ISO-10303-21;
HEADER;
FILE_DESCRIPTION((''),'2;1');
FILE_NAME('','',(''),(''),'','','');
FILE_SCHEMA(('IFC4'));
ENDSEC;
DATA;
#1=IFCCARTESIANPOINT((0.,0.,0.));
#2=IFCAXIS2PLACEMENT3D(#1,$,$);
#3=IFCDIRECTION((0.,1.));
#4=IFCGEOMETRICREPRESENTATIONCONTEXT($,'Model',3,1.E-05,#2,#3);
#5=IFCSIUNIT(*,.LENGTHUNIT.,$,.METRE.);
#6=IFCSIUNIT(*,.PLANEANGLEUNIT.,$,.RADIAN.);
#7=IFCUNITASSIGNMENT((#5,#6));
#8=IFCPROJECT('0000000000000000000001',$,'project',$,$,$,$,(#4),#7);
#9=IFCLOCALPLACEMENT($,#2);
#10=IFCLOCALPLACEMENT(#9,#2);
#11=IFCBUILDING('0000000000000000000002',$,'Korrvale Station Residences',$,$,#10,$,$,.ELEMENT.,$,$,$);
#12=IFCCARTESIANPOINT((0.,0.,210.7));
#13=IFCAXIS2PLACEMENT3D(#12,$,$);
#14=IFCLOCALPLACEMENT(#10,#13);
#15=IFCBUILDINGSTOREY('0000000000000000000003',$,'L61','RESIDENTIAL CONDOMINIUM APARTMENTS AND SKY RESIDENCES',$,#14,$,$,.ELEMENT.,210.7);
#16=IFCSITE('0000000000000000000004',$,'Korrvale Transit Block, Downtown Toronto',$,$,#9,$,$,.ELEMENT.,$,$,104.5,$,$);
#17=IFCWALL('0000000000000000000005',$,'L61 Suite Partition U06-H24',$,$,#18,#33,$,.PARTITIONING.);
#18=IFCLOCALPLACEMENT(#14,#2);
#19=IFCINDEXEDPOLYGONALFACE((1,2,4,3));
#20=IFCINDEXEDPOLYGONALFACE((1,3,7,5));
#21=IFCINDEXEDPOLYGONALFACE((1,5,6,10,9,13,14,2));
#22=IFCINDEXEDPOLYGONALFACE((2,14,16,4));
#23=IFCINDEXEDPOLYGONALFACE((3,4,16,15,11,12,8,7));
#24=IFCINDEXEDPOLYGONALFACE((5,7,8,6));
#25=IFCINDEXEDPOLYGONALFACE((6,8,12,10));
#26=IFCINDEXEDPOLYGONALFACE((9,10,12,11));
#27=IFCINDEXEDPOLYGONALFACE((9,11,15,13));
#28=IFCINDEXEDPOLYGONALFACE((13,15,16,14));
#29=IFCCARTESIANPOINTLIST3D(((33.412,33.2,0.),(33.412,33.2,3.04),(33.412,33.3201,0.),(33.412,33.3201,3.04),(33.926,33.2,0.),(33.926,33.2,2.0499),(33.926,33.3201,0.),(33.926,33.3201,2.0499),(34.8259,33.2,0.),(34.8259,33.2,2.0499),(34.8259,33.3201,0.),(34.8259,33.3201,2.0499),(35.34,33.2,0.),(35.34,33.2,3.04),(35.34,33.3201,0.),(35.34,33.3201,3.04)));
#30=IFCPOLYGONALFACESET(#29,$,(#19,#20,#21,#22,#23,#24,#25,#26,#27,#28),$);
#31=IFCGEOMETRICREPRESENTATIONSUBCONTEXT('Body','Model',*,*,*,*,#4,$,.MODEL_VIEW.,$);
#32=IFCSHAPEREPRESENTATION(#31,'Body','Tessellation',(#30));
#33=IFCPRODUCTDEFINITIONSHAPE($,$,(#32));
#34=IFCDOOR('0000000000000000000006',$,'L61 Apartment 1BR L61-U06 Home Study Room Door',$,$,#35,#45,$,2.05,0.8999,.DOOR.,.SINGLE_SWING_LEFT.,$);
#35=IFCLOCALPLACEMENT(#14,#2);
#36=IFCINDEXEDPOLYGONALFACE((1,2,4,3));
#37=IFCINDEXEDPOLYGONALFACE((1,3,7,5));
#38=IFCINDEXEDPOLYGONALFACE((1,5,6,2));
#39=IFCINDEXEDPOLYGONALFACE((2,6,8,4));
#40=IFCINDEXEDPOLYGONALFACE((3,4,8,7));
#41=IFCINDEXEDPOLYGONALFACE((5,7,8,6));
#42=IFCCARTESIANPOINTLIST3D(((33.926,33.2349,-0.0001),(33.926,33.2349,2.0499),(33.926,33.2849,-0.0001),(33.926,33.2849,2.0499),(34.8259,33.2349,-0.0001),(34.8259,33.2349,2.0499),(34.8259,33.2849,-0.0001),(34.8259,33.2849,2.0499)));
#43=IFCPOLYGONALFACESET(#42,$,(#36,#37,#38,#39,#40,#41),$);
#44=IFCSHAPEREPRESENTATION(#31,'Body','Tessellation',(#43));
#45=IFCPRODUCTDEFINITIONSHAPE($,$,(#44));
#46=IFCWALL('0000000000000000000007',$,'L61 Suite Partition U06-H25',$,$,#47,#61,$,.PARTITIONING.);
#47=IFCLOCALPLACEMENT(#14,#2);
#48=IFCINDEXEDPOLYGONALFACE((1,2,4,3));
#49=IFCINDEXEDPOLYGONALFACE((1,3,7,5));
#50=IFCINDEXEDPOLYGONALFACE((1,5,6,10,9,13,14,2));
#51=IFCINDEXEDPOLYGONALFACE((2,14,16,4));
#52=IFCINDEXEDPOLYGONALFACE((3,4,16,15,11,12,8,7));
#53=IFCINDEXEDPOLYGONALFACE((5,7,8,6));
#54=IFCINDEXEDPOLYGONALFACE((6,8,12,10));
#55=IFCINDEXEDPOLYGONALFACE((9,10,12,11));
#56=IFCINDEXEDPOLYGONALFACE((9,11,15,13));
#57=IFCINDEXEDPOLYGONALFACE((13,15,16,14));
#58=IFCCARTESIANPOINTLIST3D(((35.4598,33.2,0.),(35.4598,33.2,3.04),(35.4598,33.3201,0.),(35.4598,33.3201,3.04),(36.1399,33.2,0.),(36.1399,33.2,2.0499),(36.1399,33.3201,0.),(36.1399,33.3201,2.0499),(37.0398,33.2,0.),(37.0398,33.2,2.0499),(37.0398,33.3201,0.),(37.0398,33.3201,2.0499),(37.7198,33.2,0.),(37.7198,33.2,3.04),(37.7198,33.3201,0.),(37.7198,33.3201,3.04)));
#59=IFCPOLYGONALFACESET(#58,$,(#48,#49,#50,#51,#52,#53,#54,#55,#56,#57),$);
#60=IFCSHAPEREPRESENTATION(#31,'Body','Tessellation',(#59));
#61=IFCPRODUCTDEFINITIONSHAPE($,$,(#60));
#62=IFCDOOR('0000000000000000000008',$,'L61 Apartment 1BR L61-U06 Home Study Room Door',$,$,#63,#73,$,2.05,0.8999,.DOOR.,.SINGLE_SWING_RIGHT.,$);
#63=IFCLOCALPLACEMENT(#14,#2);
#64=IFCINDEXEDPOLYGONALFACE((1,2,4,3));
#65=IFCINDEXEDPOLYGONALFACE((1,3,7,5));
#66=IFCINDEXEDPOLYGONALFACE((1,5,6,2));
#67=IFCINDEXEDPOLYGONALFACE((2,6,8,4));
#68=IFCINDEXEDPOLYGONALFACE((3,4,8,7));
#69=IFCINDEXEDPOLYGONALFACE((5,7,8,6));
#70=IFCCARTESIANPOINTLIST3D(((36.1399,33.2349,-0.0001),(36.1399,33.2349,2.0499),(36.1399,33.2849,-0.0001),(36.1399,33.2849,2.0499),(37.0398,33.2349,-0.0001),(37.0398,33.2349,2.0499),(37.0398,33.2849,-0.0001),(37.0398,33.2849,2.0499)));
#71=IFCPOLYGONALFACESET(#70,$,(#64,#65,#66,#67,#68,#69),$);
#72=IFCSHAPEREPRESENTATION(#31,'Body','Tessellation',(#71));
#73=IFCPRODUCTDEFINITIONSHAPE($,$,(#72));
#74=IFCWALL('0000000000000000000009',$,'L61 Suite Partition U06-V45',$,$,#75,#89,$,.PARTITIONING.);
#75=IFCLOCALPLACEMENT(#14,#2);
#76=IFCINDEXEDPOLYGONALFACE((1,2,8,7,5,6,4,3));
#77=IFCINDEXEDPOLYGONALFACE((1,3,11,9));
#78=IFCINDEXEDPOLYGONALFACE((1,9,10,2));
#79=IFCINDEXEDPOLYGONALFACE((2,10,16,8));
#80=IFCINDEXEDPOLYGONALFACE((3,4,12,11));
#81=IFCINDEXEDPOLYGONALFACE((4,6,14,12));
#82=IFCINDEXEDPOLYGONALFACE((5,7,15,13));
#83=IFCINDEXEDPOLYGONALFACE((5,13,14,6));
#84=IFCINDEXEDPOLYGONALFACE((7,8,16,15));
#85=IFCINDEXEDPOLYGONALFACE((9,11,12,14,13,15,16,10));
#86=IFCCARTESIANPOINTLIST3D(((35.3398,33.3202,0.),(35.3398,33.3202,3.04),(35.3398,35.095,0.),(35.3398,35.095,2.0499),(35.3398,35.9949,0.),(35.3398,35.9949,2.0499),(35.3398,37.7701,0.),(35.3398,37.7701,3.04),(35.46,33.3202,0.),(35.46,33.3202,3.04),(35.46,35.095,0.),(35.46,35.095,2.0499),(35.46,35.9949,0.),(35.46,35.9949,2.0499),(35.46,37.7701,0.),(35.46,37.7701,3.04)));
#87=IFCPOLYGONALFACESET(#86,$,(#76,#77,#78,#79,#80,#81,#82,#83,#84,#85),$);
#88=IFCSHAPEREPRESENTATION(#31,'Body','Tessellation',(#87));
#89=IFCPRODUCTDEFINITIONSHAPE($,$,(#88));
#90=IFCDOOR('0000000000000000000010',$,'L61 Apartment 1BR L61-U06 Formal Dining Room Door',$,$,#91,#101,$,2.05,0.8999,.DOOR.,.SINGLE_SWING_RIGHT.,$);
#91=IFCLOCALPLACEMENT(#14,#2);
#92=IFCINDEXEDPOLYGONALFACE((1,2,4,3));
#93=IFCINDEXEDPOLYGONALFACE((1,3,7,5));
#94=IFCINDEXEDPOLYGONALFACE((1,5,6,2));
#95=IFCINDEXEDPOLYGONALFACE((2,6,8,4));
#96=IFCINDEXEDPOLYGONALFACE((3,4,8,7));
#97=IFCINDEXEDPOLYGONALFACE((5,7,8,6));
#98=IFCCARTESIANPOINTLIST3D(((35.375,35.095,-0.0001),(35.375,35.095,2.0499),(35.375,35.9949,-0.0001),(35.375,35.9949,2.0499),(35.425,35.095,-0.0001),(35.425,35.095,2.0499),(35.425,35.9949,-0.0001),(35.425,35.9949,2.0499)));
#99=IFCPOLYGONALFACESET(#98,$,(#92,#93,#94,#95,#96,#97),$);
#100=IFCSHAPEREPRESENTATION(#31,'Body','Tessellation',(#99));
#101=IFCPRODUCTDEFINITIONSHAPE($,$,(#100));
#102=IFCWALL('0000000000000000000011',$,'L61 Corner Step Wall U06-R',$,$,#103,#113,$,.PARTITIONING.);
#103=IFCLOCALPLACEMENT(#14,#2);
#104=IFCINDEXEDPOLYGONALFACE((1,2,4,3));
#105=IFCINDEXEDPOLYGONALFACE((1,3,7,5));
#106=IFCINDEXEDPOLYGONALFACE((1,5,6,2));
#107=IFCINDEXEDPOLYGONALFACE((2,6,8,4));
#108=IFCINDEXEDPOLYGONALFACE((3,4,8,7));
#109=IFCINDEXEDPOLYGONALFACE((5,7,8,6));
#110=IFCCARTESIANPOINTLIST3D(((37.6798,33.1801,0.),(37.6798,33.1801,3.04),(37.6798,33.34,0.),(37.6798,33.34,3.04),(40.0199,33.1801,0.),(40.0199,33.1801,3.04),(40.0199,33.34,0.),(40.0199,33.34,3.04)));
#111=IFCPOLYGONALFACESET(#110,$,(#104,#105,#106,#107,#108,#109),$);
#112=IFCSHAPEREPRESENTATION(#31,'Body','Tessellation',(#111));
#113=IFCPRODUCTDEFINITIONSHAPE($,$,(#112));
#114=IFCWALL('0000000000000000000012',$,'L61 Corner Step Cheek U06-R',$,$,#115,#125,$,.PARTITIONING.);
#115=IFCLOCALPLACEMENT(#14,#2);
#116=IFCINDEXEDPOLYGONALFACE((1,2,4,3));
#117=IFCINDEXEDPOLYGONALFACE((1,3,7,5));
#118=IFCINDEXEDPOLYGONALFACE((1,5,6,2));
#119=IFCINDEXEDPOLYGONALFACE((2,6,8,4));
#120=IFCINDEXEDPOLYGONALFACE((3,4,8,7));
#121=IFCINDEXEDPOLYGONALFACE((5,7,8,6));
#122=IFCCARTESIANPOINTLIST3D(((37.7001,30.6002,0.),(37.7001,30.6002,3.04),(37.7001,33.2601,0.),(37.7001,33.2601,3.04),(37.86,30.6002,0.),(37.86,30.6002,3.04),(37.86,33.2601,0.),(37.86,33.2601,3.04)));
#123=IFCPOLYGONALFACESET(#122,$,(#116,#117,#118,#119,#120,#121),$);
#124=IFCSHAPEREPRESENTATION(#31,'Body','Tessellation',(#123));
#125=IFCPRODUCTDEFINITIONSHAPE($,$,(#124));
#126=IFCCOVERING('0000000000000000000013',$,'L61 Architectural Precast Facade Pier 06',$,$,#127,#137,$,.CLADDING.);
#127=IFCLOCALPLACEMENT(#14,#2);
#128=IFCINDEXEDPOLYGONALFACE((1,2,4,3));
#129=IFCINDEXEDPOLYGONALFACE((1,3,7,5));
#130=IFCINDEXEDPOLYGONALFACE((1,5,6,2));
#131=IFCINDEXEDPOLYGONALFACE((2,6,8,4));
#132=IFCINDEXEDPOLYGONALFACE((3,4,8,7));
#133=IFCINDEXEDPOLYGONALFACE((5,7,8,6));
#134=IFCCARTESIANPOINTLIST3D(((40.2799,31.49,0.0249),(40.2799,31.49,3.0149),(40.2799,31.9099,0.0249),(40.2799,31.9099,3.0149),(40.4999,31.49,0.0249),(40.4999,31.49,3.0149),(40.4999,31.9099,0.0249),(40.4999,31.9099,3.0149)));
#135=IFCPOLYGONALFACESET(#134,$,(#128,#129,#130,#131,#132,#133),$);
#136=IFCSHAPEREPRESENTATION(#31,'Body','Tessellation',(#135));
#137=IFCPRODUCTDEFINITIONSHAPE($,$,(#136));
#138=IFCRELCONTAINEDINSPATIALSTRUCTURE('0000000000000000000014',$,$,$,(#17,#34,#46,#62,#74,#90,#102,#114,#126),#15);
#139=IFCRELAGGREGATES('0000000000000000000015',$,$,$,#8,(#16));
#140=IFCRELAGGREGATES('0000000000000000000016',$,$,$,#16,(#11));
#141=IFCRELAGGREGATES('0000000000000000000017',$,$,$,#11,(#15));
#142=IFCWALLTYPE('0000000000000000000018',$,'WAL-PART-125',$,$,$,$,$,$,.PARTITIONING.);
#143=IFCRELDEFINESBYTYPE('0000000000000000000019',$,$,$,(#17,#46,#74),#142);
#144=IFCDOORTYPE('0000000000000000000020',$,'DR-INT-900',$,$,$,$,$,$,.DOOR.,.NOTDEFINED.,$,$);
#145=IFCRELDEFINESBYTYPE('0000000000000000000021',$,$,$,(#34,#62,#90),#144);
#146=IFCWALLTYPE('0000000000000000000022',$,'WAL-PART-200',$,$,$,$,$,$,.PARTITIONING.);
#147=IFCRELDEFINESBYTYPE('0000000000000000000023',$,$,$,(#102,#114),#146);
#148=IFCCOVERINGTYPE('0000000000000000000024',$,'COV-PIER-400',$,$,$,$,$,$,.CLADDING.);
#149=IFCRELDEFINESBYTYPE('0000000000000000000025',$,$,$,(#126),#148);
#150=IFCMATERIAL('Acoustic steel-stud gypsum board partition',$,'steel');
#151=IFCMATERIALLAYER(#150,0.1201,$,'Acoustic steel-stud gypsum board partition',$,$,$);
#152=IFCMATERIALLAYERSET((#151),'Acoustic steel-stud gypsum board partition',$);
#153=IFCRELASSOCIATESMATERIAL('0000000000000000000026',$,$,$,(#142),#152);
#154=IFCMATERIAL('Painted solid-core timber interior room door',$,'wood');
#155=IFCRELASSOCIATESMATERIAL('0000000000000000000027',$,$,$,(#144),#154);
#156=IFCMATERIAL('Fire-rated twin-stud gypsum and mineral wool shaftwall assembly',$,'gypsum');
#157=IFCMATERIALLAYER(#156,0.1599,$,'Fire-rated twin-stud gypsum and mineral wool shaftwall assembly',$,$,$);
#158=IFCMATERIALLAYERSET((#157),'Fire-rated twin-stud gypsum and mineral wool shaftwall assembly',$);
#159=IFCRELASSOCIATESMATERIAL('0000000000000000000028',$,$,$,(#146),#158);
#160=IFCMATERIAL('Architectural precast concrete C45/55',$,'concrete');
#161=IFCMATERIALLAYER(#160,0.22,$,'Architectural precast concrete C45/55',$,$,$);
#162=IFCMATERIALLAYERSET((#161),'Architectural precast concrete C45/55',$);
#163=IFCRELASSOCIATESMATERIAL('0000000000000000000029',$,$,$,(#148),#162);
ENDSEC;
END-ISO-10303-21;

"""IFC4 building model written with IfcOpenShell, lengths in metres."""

from ifc_helpers import new_model, si_unit, direction, frame, frame_2d, origin, origin_2d, place, context, subcontext, project, spatial, rectangle, extrude, material, layer, layer_set, type_object, element, fill, save


model = new_model("IFC4")

# Units and contexts
model_context = context("Model", 3, precision=1e-05, world=origin(), true_north=direction((0.0, 1.0)))
body_context = subcontext(model_context, "Body", "Model", "MODEL_VIEW")
ifc_project = project(units=[si_unit("LENGTHUNIT", "METRE"), si_unit("PLANEANGLEUNIT", "RADIAN")], contexts=[model_context])

# Site, building, storey
site_placement = place(None, origin())
site = spatial("IfcSite", under=ifc_project, at=site_placement, Name="Korrvale Transit Block, Downtown Toronto", CompositionType="ELEMENT", RefElevation=104.5)
building_placement = place(site_placement, origin())
building = spatial("IfcBuilding", under=site, at=building_placement, Name="Korrvale Station Residences", CompositionType="ELEMENT")
storey_placement = place(building_placement, frame((0.0, 0.0, 210.7)))
storey = spatial("IfcBuildingStorey", under=building, at=storey_placement, Name="L61", Description="RESIDENTIAL CONDOMINIUM APARTMENTS AND SKY RESIDENCES", CompositionType="ELEMENT", Elevation=210.7)

# Walls, openings, doors
ifc_material_1 = material(Name="Acoustic steel-stud gypsum board partition", Category="steel")
ifc_layer_1 = layer(ifc_material_1, 0.1201, Name="Acoustic steel-stud gypsum board partition")
ifc_layer_set_1 = layer_set([ifc_layer_1], Name="Acoustic steel-stud gypsum board partition")
wall_type_1 = type_object("IfcWallType", Name="WAL-PART-125", PredefinedType="PARTITIONING", material=ifc_layer_set_1)
ifc_material_2 = material(Name="Painted solid-core timber interior room door", Category="wood")
door_type = type_object("IfcDoorType", Name="DR-INT-900", OperationType="NOTDEFINED", PredefinedType="DOOR", material=ifc_material_2)
wall_1_placement = place(storey_placement, frame((33.4121, 33.26, 0.0), z_axis=(0.0, 0.0, 1.0), x_axis=(1.0, 0.0, 0.0)))
wall_1 = element("IfcWall", 1, at=wall_1_placement, inside=storey, type_object=wall_type_1, Name="L61 Suite Partition U06-H24", PredefinedType="PARTITIONING", context=body_context, shape_type="SweptSolid", body=[
    extrude(rectangle(XDim=1.928, YDim=0.1201, at=frame_2d((0.9639, 0.0))), origin(), (0.0, 0.0, 1.0), 3.04),
])
opening_1_placement = place(wall_1_placement, frame((0.5139, 0.0, 0.0)))
opening_1 = element("IfcOpeningElement", 2, at=opening_1_placement, cuts=wall_1, PredefinedType="OPENING", context=body_context, shape_type="SweptSolid", body=[
    extrude(rectangle(XDim=0.8999, YDim=2.05, at=frame_2d((0.45, 1.0249))), frame((0.0, 0.0701, 0.0), z_axis=(0.0, -1.0, 0.0), x_axis=(1.0, 0.0, 0.0)), (0.0, 0.0, 1.0), 0.1401),
])
door_1_placement = place(opening_1_placement, origin())
door_1 = element("IfcDoor", 3, at=door_1_placement, inside=storey, type_object=door_type, Name="L61 Apartment 1BR L61-U06 Home Study Room Door", OperationType="SINGLE_SWING_LEFT", OverallHeight=2.05, OverallWidth=0.8999, PredefinedType="DOOR", context=body_context, shape_type="SweptSolid", body=[
    extrude(rectangle(XDim=0.8999, YDim=2.05, at=frame_2d((0.45, 1.0249))), frame((0.0, 0.0249, 0.0), z_axis=(0.0, -1.0, 0.0), x_axis=(1.0, 0.0, 0.0)), (0.0, 0.0, 1.0), 0.05),
])
fill(opening_1, door_1)
wall_2_placement = place(storey_placement, frame((35.46, 33.26, 0.0), z_axis=(0.0, 0.0, 1.0), x_axis=(1.0, 0.0, 0.0)))
wall_2 = element("IfcWall", 4, at=wall_2_placement, inside=storey, type_object=wall_type_1, Name="L61 Suite Partition U06-H25", PredefinedType="PARTITIONING", context=body_context, shape_type="SweptSolid", body=[
    extrude(rectangle(XDim=2.26, YDim=0.1201, at=frame_2d((1.1299, 0.0))), origin(), (0.0, 0.0, 1.0), 3.04),
])
opening_2_placement = place(wall_2_placement, frame((0.6799, 0.0, 0.0)))
opening_2 = element("IfcOpeningElement", 5, at=opening_2_placement, cuts=wall_2, PredefinedType="OPENING", context=body_context, shape_type="SweptSolid", body=[
    extrude(rectangle(XDim=0.8999, YDim=2.05, at=frame_2d((0.45, 1.0249))), frame((0.0, 0.0701, 0.0), z_axis=(0.0, -1.0, 0.0), x_axis=(1.0, 0.0, 0.0)), (0.0, 0.0, 1.0), 0.1401),
])
door_2_placement = place(opening_2_placement, origin())
door_2 = element("IfcDoor", 6, at=door_2_placement, inside=storey, type_object=door_type, Name="L61 Apartment 1BR L61-U06 Home Study Room Door", OperationType="SINGLE_SWING_RIGHT", OverallHeight=2.05, OverallWidth=0.8999, PredefinedType="DOOR", context=body_context, shape_type="SweptSolid", body=[
    extrude(rectangle(XDim=0.8999, YDim=2.05, at=frame_2d((0.45, 1.0249))), frame((0.0, 0.0249, 0.0), z_axis=(0.0, -1.0, 0.0), x_axis=(1.0, 0.0, 0.0)), (0.0, 0.0, 1.0), 0.05),
])
fill(opening_2, door_2)
wall_3_placement = place(storey_placement, frame((35.3999, 33.3201, 0.0), z_axis=(0.0, 0.0, 1.0), x_axis=(0.0, 1.0, 0.0)))
wall_3 = element("IfcWall", 7, at=wall_3_placement, inside=storey, type_object=wall_type_1, Name="L61 Suite Partition U06-V45", PredefinedType="PARTITIONING", context=body_context, shape_type="SweptSolid", body=[
    extrude(rectangle(XDim=4.45, YDim=0.1201, at=frame_2d((2.2251, 0.0))), origin(), (0.0, 0.0, 1.0), 3.04),
])
opening_3_placement = place(wall_3_placement, frame((1.7749, 0.0, 0.0)))
opening_3 = element("IfcOpeningElement", 8, at=opening_3_placement, cuts=wall_3, PredefinedType="OPENING", context=body_context, shape_type="SweptSolid", body=[
    extrude(rectangle(XDim=0.8999, YDim=2.05, at=frame_2d((0.45, 1.0249))), frame((0.0, 0.0701, 0.0), z_axis=(0.0, -1.0, 0.0), x_axis=(1.0, 0.0, 0.0)), (0.0, 0.0, 1.0), 0.1401),
])
door_3_placement = place(opening_3_placement, origin())
door_3 = element("IfcDoor", 9, at=door_3_placement, inside=storey, type_object=door_type, Name="L61 Apartment 1BR L61-U06 Formal Dining Room Door", OperationType="SINGLE_SWING_RIGHT", OverallHeight=2.05, OverallWidth=0.8999, PredefinedType="DOOR", context=body_context, shape_type="SweptSolid", body=[
    extrude(rectangle(XDim=0.8999, YDim=2.05, at=frame_2d((0.45, 1.0249))), frame((0.0, 0.0249, 0.0), z_axis=(0.0, -1.0, 0.0), x_axis=(1.0, 0.0, 0.0)), (0.0, 0.0, 1.0), 0.05),
])
fill(opening_3, door_3)

# Walls
ifc_material_3 = material(Name="Fire-rated twin-stud gypsum and mineral wool shaftwall assembly", Category="gypsum")
ifc_layer_2 = layer(ifc_material_3, 0.1599, Name="Fire-rated twin-stud gypsum and mineral wool shaftwall assembly")
ifc_layer_set_2 = layer_set([ifc_layer_2], Name="Fire-rated twin-stud gypsum and mineral wool shaftwall assembly")
wall_type_2 = type_object("IfcWallType", Name="WAL-PART-200", PredefinedType="PARTITIONING", material=ifc_layer_set_2)
wall_4_placement = place(storey_placement, frame((37.6799, 33.26, 0.0), z_axis=(0.0, 0.0, 1.0), x_axis=(1.0, 0.0, 0.0)))
element("IfcWall", 10, at=wall_4_placement, inside=storey, type_object=wall_type_2, Name="L61 Corner Step Wall U06-R", PredefinedType="PARTITIONING", context=body_context, shape_type="SweptSolid", body=[
    extrude(rectangle(XDim=2.3401, YDim=0.1599, at=frame_2d((1.1699, 0.0))), origin(), (0.0, 0.0, 1.0), 3.04),
])
wall_5_placement = place(storey_placement, frame((37.78, 30.6001, 0.0), z_axis=(0.0, 0.0, 1.0), x_axis=(0.0, 1.0, 0.0)))
element("IfcWall", 11, at=wall_5_placement, inside=storey, type_object=wall_type_2, Name="L61 Corner Step Cheek U06-R", PredefinedType="PARTITIONING", context=body_context, shape_type="SweptSolid", body=[
    extrude(rectangle(XDim=2.6599, YDim=0.1599, at=frame_2d((1.3301, 0.0))), origin(), (0.0, 0.0, 1.0), 3.04),
])

# Covering
ifc_material_4 = material(Name="Architectural precast concrete C45/55", Category="concrete")
ifc_layer_3 = layer(ifc_material_4, 0.22, Name="Architectural precast concrete C45/55")
ifc_layer_set_3 = layer_set([ifc_layer_3], Name="Architectural precast concrete C45/55")
covering_type = type_object("IfcCoveringType", Name="COV-PIER-400", PredefinedType="CLADDING", material=ifc_layer_set_3)
covering_placement = place(storey_placement, frame((40.3899, 31.7, 0.0249), z_axis=(0.0, 0.0, 1.0), x_axis=(0.0, 1.0, 0.0)))
element("IfcCovering", 12, at=covering_placement, inside=storey, type_object=covering_type, Name="L61 Architectural Precast Facade Pier 06", PredefinedType="CLADDING", context=body_context, shape_type="SweptSolid", body=[
    extrude(rectangle(XDim=0.4199, YDim=0.22, at=origin_2d()), origin(), (0.0, 0.0, 1.0), 2.99),
])

save(model, "model.ifc")
